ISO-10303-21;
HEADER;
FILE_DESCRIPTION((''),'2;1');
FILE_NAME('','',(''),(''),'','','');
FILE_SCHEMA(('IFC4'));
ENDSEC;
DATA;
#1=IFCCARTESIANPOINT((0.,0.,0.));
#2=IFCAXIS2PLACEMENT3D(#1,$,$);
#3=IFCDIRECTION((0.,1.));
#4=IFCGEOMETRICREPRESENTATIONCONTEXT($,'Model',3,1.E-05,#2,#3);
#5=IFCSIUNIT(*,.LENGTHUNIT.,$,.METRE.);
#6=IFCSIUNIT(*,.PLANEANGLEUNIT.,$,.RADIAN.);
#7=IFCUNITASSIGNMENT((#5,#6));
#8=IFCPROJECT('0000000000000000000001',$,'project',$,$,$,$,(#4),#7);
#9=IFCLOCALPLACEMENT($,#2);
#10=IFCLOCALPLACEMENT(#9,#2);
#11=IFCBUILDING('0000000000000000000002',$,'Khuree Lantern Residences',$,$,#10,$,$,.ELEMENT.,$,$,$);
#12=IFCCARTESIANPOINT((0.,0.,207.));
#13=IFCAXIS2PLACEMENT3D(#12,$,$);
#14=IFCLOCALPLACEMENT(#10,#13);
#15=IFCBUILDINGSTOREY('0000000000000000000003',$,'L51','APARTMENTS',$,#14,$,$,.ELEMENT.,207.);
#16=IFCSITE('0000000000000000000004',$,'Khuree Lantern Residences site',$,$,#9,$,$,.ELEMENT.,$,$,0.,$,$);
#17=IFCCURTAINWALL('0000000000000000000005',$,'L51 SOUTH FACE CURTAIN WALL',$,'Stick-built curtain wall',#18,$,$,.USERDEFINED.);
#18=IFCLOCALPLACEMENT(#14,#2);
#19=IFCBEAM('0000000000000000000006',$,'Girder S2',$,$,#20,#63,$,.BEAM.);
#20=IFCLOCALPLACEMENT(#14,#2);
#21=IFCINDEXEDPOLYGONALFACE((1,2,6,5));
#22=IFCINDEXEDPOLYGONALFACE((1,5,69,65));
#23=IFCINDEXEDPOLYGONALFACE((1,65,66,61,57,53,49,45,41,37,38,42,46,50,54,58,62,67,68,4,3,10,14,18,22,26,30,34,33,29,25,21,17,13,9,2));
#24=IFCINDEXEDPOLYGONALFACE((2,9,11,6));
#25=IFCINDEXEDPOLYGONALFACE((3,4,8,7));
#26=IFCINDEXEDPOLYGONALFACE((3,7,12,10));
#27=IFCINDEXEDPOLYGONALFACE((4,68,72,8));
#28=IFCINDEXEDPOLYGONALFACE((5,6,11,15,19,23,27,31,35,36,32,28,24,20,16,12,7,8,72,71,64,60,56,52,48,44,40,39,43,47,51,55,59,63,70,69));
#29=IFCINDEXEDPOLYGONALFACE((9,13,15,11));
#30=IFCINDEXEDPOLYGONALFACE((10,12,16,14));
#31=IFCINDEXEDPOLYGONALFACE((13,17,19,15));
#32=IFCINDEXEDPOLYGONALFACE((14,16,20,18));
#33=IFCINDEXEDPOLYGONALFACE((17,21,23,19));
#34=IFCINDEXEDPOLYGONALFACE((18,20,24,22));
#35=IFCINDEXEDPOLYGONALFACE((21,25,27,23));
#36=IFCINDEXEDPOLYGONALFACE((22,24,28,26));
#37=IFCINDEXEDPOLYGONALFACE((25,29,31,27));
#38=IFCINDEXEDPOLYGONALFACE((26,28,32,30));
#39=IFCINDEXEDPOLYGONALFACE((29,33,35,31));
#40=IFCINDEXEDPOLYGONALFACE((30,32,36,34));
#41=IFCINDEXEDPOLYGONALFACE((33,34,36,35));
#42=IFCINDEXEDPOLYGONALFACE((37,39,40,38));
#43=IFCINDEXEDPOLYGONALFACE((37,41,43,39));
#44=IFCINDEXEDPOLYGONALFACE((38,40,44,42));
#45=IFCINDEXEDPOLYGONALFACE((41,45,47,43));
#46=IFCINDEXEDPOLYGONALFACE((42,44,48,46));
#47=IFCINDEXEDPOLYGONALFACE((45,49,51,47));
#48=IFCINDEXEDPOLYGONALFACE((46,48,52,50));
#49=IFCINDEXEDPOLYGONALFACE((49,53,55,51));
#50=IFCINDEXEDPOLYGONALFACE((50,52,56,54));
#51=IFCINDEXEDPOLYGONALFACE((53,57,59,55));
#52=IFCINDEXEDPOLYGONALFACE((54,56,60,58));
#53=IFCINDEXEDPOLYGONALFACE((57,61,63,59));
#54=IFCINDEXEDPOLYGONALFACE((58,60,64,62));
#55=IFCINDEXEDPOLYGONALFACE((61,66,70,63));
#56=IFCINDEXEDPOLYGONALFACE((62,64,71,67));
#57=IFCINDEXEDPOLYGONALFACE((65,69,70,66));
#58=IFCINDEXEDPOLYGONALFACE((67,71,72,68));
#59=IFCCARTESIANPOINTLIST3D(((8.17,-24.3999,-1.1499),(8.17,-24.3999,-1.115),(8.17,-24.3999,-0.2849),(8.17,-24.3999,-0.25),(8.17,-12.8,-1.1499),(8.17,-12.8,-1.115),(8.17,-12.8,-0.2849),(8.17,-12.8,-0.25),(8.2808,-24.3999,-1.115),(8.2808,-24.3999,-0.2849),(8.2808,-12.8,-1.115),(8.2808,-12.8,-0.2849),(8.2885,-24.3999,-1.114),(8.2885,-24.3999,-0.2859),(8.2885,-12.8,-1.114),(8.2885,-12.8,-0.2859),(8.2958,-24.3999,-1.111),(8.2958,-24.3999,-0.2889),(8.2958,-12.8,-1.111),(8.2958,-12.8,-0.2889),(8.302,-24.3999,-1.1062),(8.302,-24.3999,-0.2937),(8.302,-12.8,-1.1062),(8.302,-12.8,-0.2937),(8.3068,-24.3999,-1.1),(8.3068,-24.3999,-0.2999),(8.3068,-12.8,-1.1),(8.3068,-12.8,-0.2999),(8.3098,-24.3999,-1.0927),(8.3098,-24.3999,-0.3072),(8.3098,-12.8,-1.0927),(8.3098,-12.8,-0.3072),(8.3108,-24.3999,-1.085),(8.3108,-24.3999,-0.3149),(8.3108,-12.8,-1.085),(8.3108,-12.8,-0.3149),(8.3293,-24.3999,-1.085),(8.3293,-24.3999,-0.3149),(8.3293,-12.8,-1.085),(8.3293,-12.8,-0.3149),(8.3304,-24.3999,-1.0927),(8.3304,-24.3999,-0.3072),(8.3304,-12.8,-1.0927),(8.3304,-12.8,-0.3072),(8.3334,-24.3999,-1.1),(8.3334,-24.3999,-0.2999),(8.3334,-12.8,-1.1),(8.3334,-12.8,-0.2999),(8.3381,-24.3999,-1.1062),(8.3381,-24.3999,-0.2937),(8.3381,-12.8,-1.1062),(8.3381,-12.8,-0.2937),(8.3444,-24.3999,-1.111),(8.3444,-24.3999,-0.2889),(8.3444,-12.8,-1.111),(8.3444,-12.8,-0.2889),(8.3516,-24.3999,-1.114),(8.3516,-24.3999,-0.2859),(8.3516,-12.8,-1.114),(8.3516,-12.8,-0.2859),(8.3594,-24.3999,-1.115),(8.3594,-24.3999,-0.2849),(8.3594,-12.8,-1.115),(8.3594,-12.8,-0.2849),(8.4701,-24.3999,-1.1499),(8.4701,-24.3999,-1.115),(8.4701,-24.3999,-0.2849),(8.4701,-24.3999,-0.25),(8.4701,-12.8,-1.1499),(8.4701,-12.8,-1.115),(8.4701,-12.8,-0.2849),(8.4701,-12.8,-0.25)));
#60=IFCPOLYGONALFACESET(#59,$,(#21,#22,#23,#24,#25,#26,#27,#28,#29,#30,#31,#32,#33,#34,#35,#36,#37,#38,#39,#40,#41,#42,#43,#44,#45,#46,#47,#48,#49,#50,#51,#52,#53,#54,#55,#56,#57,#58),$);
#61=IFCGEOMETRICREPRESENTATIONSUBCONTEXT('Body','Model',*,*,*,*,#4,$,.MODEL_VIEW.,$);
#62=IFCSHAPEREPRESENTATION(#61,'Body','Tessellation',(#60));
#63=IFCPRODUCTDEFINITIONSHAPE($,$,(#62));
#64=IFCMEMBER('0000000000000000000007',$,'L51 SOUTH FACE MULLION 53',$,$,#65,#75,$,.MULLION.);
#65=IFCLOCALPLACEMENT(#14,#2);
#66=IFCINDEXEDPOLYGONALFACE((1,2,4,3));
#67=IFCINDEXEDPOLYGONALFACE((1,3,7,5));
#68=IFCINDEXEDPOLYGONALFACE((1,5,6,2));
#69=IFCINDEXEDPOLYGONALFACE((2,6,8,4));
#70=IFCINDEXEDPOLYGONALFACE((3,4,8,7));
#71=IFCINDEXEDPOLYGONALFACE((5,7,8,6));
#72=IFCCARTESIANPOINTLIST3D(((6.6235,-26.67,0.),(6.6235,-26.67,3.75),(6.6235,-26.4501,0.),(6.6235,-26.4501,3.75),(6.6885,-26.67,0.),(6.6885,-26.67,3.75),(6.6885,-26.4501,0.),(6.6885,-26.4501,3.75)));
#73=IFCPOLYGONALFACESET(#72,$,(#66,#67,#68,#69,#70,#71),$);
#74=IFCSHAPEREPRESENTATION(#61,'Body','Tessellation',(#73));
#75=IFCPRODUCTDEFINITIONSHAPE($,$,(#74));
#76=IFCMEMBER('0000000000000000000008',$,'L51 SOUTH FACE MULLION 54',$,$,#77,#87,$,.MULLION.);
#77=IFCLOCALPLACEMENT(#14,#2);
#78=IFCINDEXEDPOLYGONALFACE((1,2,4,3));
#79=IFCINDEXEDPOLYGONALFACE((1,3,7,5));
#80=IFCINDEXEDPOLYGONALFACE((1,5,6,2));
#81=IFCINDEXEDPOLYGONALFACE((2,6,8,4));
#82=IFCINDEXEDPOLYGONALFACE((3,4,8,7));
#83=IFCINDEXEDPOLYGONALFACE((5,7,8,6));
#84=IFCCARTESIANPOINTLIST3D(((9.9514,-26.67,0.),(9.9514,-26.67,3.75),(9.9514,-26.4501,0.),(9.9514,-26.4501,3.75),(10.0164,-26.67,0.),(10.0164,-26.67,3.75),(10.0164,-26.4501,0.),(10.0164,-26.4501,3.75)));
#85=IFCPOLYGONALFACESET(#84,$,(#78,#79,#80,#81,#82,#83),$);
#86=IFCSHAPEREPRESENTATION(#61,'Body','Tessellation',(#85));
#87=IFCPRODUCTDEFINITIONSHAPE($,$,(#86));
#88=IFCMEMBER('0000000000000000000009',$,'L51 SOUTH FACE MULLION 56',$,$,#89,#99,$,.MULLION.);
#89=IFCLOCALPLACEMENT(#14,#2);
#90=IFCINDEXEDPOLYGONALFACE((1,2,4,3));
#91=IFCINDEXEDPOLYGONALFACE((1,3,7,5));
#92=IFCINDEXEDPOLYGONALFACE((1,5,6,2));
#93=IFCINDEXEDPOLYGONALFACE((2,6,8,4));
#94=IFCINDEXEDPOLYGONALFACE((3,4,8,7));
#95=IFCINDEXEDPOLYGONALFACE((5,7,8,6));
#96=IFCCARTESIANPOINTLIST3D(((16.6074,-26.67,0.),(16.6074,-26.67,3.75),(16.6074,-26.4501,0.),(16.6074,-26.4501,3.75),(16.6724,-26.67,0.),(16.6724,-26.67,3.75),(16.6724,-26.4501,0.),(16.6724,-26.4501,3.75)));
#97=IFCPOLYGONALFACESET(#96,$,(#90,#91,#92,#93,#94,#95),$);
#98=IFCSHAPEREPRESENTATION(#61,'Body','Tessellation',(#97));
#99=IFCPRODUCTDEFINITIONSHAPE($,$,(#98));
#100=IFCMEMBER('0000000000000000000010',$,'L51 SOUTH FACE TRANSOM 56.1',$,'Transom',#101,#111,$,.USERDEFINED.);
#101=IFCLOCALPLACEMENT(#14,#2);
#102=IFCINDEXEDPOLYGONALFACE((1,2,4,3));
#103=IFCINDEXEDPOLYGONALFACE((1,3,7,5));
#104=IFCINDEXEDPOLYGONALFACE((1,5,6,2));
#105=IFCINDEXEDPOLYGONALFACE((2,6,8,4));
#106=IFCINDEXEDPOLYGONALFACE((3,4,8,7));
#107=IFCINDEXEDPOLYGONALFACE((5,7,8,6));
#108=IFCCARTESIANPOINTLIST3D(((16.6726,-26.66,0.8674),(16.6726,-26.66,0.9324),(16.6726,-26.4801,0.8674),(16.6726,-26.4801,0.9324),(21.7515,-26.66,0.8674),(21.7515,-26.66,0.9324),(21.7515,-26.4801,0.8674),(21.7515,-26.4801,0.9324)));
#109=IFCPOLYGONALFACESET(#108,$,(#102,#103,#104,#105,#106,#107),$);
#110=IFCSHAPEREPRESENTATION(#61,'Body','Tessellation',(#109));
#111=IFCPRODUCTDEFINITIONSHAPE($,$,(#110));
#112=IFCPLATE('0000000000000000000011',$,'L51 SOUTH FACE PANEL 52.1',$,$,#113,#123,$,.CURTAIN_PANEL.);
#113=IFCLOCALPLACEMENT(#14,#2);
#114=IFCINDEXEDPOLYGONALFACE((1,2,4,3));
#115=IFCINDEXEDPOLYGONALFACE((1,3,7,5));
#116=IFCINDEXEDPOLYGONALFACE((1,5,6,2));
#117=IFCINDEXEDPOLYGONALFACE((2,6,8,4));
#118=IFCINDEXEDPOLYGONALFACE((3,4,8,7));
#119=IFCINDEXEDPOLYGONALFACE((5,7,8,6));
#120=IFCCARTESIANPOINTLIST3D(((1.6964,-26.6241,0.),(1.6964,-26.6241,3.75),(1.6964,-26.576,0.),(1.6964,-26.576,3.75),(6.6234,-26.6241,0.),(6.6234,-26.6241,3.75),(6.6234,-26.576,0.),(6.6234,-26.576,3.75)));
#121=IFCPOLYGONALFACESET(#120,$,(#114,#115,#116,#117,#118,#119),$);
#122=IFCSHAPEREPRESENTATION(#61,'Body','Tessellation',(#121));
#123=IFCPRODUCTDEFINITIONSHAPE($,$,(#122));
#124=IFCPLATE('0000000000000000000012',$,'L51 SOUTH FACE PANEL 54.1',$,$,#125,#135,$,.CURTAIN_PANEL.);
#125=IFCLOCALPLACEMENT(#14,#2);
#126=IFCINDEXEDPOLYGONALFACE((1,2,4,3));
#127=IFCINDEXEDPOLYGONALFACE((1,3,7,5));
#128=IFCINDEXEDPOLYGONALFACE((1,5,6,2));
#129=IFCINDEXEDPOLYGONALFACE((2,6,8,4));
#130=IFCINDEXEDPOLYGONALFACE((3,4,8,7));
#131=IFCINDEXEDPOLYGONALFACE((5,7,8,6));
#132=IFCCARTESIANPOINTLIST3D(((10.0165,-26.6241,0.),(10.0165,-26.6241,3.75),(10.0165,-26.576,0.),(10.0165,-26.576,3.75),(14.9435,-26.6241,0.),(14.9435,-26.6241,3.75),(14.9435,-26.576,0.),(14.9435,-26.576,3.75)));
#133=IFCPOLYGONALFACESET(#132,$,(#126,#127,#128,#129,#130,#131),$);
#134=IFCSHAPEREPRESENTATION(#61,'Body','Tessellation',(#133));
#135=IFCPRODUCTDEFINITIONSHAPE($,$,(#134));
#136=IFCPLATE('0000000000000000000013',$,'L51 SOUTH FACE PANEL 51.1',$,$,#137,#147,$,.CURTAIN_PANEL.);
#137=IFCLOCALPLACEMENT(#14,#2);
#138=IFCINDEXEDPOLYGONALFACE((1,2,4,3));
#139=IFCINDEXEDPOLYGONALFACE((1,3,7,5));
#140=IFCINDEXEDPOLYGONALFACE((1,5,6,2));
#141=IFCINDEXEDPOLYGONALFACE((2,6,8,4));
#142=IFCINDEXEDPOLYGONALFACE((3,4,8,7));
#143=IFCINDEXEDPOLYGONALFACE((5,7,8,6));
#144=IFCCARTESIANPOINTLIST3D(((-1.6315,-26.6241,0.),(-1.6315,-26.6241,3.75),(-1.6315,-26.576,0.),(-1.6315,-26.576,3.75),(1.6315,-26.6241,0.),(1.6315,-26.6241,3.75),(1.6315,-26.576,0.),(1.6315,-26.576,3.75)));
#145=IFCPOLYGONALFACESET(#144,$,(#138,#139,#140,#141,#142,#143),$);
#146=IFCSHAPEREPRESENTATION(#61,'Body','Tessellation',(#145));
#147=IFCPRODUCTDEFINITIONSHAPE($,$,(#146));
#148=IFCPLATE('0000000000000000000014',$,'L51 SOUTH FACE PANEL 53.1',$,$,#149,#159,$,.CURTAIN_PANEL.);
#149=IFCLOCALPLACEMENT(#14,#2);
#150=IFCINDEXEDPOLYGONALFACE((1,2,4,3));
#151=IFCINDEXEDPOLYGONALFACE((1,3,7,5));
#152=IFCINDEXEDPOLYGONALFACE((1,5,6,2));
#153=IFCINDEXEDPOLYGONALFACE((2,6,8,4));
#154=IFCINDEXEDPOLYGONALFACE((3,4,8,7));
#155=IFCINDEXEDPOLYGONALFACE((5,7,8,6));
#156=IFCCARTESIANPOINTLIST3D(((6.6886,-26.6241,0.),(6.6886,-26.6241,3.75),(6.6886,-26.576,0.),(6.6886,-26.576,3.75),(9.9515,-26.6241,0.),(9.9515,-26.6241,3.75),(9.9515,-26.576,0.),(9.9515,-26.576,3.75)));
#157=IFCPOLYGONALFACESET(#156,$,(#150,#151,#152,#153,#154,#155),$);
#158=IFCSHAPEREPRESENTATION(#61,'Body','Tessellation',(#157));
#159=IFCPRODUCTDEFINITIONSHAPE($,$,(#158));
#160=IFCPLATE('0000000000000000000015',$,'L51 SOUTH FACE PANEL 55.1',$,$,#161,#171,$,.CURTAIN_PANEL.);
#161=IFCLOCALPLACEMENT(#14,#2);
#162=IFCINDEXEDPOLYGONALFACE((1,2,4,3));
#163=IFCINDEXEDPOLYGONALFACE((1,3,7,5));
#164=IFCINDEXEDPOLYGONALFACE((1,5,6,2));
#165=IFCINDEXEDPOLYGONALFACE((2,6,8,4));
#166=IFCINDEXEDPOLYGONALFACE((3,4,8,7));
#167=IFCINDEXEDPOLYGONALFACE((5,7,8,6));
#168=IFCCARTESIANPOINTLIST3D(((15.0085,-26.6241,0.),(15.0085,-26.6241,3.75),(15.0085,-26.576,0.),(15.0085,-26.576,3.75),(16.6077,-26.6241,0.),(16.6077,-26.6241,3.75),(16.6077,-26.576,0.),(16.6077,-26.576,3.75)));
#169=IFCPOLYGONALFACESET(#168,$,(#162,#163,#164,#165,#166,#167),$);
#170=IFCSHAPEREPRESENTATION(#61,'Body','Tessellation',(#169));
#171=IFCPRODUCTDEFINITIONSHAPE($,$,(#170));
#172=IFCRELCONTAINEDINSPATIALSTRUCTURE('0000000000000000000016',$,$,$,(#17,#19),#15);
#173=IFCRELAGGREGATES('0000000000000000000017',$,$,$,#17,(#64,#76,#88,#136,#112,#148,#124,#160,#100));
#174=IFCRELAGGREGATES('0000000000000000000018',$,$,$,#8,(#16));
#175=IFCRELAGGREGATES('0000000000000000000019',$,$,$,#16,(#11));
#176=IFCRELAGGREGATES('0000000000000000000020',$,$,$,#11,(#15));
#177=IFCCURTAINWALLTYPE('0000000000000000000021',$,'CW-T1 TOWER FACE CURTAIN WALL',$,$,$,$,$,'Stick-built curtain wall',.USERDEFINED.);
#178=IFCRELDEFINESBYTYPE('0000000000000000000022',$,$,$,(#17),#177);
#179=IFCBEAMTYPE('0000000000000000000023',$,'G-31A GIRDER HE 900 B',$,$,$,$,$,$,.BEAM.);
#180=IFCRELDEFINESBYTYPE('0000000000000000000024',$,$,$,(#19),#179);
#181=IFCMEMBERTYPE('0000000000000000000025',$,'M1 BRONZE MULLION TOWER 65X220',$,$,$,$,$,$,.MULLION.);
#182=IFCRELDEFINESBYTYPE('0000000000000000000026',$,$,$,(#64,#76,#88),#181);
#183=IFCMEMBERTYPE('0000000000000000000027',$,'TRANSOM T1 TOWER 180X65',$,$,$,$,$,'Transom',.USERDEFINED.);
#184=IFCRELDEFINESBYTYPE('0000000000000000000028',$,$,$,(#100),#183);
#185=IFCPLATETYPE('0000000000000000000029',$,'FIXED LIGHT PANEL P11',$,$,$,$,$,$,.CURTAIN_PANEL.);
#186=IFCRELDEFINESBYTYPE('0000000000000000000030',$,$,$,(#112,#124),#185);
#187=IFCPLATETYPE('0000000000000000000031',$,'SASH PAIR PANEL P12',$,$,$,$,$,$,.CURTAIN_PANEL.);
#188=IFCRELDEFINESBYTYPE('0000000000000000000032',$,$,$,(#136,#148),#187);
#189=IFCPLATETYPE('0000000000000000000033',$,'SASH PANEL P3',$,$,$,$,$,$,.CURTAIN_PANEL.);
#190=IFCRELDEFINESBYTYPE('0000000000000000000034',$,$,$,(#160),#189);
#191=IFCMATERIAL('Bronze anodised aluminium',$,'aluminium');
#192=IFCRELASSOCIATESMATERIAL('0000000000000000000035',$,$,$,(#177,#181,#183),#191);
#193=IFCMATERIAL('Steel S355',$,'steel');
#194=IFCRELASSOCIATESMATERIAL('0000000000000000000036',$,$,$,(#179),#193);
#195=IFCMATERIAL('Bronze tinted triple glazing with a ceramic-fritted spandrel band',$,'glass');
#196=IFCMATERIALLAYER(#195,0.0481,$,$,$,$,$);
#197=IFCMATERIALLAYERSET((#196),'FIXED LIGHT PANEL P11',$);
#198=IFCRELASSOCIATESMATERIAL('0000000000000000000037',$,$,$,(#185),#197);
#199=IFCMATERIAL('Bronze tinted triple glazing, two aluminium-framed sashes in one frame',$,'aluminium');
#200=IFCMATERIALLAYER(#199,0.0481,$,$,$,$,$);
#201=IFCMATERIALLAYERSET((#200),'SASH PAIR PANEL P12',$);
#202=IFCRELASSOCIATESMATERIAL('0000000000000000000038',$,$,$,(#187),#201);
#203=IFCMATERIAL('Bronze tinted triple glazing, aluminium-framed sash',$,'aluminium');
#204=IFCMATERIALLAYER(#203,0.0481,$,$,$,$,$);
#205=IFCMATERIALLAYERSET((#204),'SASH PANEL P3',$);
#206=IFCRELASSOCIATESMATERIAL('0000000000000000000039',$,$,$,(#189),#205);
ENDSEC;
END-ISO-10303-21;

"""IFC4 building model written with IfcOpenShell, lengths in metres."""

from ifc_helpers import new_model, si_unit, direction, frame, origin, origin_2d, place, context, subcontext, project, spatial, rectangle, i_section, extrude, material, layer, layer_set, material_profile, profile_set, type_object, element, aggregate, save


model = new_model("IFC4")

# Units and contexts
model_context = context("Model", 3, precision=1e-05, world=origin(), true_north=direction((0.0, 1.0)))
body_context = subcontext(model_context, "Body", "Model", "MODEL_VIEW")
ifc_project = project(units=[si_unit("LENGTHUNIT", "METRE"), si_unit("PLANEANGLEUNIT", "RADIAN")], contexts=[model_context])

# Site, building, storey
site_placement = place(None, origin())
site = spatial("IfcSite", under=ifc_project, at=site_placement, Name="Khuree Lantern Residences site", CompositionType="ELEMENT", RefElevation=0.0)
building_placement = place(site_placement, origin())
building = spatial("IfcBuilding", under=site, at=building_placement, Name="Khuree Lantern Residences", CompositionType="ELEMENT")
storey_placement = place(building_placement, frame((0.0, 0.0, 207.0)))
storey = spatial("IfcBuildingStorey", under=building, at=storey_placement, Name="L51", Description="APARTMENTS", CompositionType="ELEMENT", Elevation=207.0)

# Shared definitions
ifc_material_1 = material(Name="Steel S355", Category="steel")

# Curtain wall
ifc_material_2 = material(Name="Bronze anodised aluminium", Category="aluminium")
curtain_wall_type = type_object("IfcCurtainWallType", Name="CW-T1 TOWER FACE CURTAIN WALL", ElementType="Stick-built curtain wall", PredefinedType="USERDEFINED", material=ifc_material_2)
curtain_wall_placement = place(storey_placement, origin())
curtain_wall = element("IfcCurtainWall", 1, at=curtain_wall_placement, inside=storey, type_object=curtain_wall_type, Name="L51 SOUTH FACE CURTAIN WALL", ObjectType="Stick-built curtain wall", PredefinedType="USERDEFINED")

# Beam
ifc_material_profile_1 = material_profile(ifc_material_1, i_section(OverallWidth=0.3, OverallDepth=0.8999, WebThickness=0.0186, FlangeThickness=0.0349, FilletRadius=0.03, at=origin_2d()), Name="HE 900 B")
ifc_profile_set_1 = profile_set([ifc_material_profile_1], Name="Steel S355")
beam_type_1 = type_object("IfcBeamType", Name="G-31A GIRDER HE 900 B", PredefinedType="BEAM", material=ifc_profile_set_1)
beam_1_placement = place(storey_placement, frame((8.3201, -24.3999, -0.7), z_axis=(0.0, 1.0, 0.0), x_axis=(-1.0, 0.0, 0.0)))
element("IfcBeam", 2, at=beam_1_placement, inside=storey, type_object=beam_type_1, Name="Girder S2", PredefinedType="BEAM", context=body_context, shape_type="SweptSolid", body=[
    extrude(i_section(OverallWidth=0.3, OverallDepth=0.8999, WebThickness=0.0186, FlangeThickness=0.0349, FilletRadius=0.03, at=origin_2d()), origin(), (0.0, 0.0, 1.0), 11.5999),
])

# Members
ifc_material_profile_2 = material_profile(ifc_material_2, rectangle(XDim=0.0649, YDim=0.22, at=origin_2d()), Name="M1 65X220")
ifc_profile_set_2 = profile_set([ifc_material_profile_2], Name="Bronze anodised aluminium")
member_type_1 = type_object("IfcMemberType", Name="M1 BRONZE MULLION TOWER 65X220", PredefinedType="MULLION", material=ifc_profile_set_2)
member_1_placement = place(storey_placement, frame((6.656, -26.5601, 0.0), z_axis=(0.0, 0.0, 1.0), x_axis=(1.0, 0.0, 0.0)))
member_1 = element("IfcMember", 3, at=member_1_placement, type_object=member_type_1, Name="L51 SOUTH FACE MULLION 53", PredefinedType="MULLION", context=body_context, shape_type="SweptSolid", body=[
    extrude(rectangle(XDim=0.0649, YDim=0.22, at=origin_2d()), origin(), (0.0, 0.0, 1.0), 3.75),
])
member_2_placement = place(storey_placement, frame((9.9839, -26.5601, 0.0), z_axis=(0.0, 0.0, 1.0), x_axis=(1.0, 0.0, 0.0)))
member_2 = element("IfcMember", 4, at=member_2_placement, type_object=member_type_1, Name="L51 SOUTH FACE MULLION 54", PredefinedType="MULLION", context=body_context, shape_type="SweptSolid", body=[
    extrude(rectangle(XDim=0.0649, YDim=0.22, at=origin_2d()), origin(), (0.0, 0.0, 1.0), 3.75),
])
member_3_placement = place(storey_placement, frame((16.6399, -26.5601, 0.0), z_axis=(0.0, 0.0, 1.0), x_axis=(1.0, 0.0, 0.0)))
member_3 = element("IfcMember", 5, at=member_3_placement, type_object=member_type_1, Name="L51 SOUTH FACE MULLION 56", PredefinedType="MULLION", context=body_context, shape_type="SweptSolid", body=[
    extrude(rectangle(XDim=0.0649, YDim=0.22, at=origin_2d()), origin(), (0.0, 0.0, 1.0), 3.75),
])
ifc_material_profile_3 = material_profile(ifc_material_2, rectangle(XDim=0.1799, YDim=0.0649, at=origin_2d()), Name="T1 180X65")
ifc_profile_set_3 = profile_set([ifc_material_profile_3], Name="Bronze anodised aluminium")
member_type_2 = type_object("IfcMemberType", Name="TRANSOM T1 TOWER 180X65", ElementType="Transom", PredefinedType="USERDEFINED", material=ifc_profile_set_3)
member_4_placement = place(storey_placement, frame((16.6726, -26.5701, 0.8999), z_axis=(1.0, 0.0, 0.0), x_axis=(0.0, 1.0, 0.0)))
member_4 = element("IfcMember", 6, at=member_4_placement, type_object=member_type_2, Name="L51 SOUTH FACE TRANSOM 56.1", ObjectType="Transom", PredefinedType="USERDEFINED", context=body_context, shape_type="SweptSolid", body=[
    extrude(rectangle(XDim=0.1799, YDim=0.0649, at=origin_2d()), origin(), (0.0, 0.0, 1.0), 5.0789),
])

# Plates
ifc_material_3 = material(Name="Bronze tinted triple glazing with a ceramic-fritted spandrel band", Category="glass")
ifc_layer_1 = layer(ifc_material_3, 0.0481)
ifc_layer_set_1 = layer_set([ifc_layer_1], Name="FIXED LIGHT PANEL P11")
plate_type_1 = type_object("IfcPlateType", Name="FIXED LIGHT PANEL P11", PredefinedType="CURTAIN_PANEL", material=ifc_layer_set_1)
plate_1_placement = place(storey_placement, frame((4.1599, -26.6001, 0.0), z_axis=(0.0, 0.0, 1.0), x_axis=(1.0, 0.0, 0.0)))
plate_1 = element("IfcPlate", 7, at=plate_1_placement, type_object=plate_type_1, Name="L51 SOUTH FACE PANEL 52.1", PredefinedType="CURTAIN_PANEL", context=body_context, shape_type="SweptSolid", body=[
    extrude(rectangle(XDim=4.927, YDim=0.0481, at=origin_2d()), origin(), (0.0, 0.0, 1.0), 3.75),
])
plate_2_placement = place(storey_placement, frame((12.48, -26.6001, 0.0), z_axis=(0.0, 0.0, 1.0), x_axis=(1.0, 0.0, 0.0)))
plate_2 = element("IfcPlate", 8, at=plate_2_placement, type_object=plate_type_1, Name="L51 SOUTH FACE PANEL 54.1", PredefinedType="CURTAIN_PANEL", context=body_context, shape_type="SweptSolid", body=[
    extrude(rectangle(XDim=4.927, YDim=0.0481, at=origin_2d()), origin(), (0.0, 0.0, 1.0), 3.75),
])
ifc_material_4 = material(Name="Bronze tinted triple glazing, two aluminium-framed sashes in one frame", Category="aluminium")
ifc_layer_2 = layer(ifc_material_4, 0.0481)
ifc_layer_set_2 = layer_set([ifc_layer_2], Name="SASH PAIR PANEL P12")
plate_type_2 = type_object("IfcPlateType", Name="SASH PAIR PANEL P12", PredefinedType="CURTAIN_PANEL", material=ifc_layer_set_2)
plate_3_placement = place(storey_placement, frame((0.0, -26.6001, 0.0), z_axis=(0.0, 0.0, 1.0), x_axis=(1.0, 0.0, 0.0)))
plate_3 = element("IfcPlate", 9, at=plate_3_placement, type_object=plate_type_2, Name="L51 SOUTH FACE PANEL 51.1", PredefinedType="CURTAIN_PANEL", context=body_context, shape_type="SweptSolid", body=[
    extrude(rectangle(XDim=3.2629, YDim=0.0481, at=origin_2d()), origin(), (0.0, 0.0, 1.0), 3.75),
])
plate_4_placement = place(storey_placement, frame((8.3201, -26.6001, 0.0), z_axis=(0.0, 0.0, 1.0), x_axis=(1.0, 0.0, 0.0)))
plate_4 = element("IfcPlate", 10, at=plate_4_placement, type_object=plate_type_2, Name="L51 SOUTH FACE PANEL 53.1", PredefinedType="CURTAIN_PANEL", context=body_context, shape_type="SweptSolid", body=[
    extrude(rectangle(XDim=3.2629, YDim=0.0481, at=origin_2d()), origin(), (0.0, 0.0, 1.0), 3.75),
])
ifc_material_5 = material(Name="Bronze tinted triple glazing, aluminium-framed sash", Category="aluminium")
ifc_layer_3 = layer(ifc_material_5, 0.0481)
ifc_layer_set_3 = layer_set([ifc_layer_3], Name="SASH PANEL P3")
plate_type_3 = type_object("IfcPlateType", Name="SASH PANEL P3", PredefinedType="CURTAIN_PANEL", material=ifc_layer_set_3)
plate_5_placement = place(storey_placement, frame((15.8081, -26.6001, 0.0), z_axis=(0.0, 0.0, 1.0), x_axis=(1.0, 0.0, 0.0)))
plate_5 = element("IfcPlate", 11, at=plate_5_placement, type_object=plate_type_3, Name="L51 SOUTH FACE PANEL 55.1", PredefinedType="CURTAIN_PANEL", context=body_context, shape_type="SweptSolid", body=[
    extrude(rectangle(XDim=1.5991, YDim=0.0481, at=origin_2d()), origin(), (0.0, 0.0, 1.0), 3.75),
])
aggregate(curtain_wall, [member_1, member_2, member_3, plate_3, plate_1, plate_4, plate_2, plate_5, member_4])

save(model, "model.ifc")
